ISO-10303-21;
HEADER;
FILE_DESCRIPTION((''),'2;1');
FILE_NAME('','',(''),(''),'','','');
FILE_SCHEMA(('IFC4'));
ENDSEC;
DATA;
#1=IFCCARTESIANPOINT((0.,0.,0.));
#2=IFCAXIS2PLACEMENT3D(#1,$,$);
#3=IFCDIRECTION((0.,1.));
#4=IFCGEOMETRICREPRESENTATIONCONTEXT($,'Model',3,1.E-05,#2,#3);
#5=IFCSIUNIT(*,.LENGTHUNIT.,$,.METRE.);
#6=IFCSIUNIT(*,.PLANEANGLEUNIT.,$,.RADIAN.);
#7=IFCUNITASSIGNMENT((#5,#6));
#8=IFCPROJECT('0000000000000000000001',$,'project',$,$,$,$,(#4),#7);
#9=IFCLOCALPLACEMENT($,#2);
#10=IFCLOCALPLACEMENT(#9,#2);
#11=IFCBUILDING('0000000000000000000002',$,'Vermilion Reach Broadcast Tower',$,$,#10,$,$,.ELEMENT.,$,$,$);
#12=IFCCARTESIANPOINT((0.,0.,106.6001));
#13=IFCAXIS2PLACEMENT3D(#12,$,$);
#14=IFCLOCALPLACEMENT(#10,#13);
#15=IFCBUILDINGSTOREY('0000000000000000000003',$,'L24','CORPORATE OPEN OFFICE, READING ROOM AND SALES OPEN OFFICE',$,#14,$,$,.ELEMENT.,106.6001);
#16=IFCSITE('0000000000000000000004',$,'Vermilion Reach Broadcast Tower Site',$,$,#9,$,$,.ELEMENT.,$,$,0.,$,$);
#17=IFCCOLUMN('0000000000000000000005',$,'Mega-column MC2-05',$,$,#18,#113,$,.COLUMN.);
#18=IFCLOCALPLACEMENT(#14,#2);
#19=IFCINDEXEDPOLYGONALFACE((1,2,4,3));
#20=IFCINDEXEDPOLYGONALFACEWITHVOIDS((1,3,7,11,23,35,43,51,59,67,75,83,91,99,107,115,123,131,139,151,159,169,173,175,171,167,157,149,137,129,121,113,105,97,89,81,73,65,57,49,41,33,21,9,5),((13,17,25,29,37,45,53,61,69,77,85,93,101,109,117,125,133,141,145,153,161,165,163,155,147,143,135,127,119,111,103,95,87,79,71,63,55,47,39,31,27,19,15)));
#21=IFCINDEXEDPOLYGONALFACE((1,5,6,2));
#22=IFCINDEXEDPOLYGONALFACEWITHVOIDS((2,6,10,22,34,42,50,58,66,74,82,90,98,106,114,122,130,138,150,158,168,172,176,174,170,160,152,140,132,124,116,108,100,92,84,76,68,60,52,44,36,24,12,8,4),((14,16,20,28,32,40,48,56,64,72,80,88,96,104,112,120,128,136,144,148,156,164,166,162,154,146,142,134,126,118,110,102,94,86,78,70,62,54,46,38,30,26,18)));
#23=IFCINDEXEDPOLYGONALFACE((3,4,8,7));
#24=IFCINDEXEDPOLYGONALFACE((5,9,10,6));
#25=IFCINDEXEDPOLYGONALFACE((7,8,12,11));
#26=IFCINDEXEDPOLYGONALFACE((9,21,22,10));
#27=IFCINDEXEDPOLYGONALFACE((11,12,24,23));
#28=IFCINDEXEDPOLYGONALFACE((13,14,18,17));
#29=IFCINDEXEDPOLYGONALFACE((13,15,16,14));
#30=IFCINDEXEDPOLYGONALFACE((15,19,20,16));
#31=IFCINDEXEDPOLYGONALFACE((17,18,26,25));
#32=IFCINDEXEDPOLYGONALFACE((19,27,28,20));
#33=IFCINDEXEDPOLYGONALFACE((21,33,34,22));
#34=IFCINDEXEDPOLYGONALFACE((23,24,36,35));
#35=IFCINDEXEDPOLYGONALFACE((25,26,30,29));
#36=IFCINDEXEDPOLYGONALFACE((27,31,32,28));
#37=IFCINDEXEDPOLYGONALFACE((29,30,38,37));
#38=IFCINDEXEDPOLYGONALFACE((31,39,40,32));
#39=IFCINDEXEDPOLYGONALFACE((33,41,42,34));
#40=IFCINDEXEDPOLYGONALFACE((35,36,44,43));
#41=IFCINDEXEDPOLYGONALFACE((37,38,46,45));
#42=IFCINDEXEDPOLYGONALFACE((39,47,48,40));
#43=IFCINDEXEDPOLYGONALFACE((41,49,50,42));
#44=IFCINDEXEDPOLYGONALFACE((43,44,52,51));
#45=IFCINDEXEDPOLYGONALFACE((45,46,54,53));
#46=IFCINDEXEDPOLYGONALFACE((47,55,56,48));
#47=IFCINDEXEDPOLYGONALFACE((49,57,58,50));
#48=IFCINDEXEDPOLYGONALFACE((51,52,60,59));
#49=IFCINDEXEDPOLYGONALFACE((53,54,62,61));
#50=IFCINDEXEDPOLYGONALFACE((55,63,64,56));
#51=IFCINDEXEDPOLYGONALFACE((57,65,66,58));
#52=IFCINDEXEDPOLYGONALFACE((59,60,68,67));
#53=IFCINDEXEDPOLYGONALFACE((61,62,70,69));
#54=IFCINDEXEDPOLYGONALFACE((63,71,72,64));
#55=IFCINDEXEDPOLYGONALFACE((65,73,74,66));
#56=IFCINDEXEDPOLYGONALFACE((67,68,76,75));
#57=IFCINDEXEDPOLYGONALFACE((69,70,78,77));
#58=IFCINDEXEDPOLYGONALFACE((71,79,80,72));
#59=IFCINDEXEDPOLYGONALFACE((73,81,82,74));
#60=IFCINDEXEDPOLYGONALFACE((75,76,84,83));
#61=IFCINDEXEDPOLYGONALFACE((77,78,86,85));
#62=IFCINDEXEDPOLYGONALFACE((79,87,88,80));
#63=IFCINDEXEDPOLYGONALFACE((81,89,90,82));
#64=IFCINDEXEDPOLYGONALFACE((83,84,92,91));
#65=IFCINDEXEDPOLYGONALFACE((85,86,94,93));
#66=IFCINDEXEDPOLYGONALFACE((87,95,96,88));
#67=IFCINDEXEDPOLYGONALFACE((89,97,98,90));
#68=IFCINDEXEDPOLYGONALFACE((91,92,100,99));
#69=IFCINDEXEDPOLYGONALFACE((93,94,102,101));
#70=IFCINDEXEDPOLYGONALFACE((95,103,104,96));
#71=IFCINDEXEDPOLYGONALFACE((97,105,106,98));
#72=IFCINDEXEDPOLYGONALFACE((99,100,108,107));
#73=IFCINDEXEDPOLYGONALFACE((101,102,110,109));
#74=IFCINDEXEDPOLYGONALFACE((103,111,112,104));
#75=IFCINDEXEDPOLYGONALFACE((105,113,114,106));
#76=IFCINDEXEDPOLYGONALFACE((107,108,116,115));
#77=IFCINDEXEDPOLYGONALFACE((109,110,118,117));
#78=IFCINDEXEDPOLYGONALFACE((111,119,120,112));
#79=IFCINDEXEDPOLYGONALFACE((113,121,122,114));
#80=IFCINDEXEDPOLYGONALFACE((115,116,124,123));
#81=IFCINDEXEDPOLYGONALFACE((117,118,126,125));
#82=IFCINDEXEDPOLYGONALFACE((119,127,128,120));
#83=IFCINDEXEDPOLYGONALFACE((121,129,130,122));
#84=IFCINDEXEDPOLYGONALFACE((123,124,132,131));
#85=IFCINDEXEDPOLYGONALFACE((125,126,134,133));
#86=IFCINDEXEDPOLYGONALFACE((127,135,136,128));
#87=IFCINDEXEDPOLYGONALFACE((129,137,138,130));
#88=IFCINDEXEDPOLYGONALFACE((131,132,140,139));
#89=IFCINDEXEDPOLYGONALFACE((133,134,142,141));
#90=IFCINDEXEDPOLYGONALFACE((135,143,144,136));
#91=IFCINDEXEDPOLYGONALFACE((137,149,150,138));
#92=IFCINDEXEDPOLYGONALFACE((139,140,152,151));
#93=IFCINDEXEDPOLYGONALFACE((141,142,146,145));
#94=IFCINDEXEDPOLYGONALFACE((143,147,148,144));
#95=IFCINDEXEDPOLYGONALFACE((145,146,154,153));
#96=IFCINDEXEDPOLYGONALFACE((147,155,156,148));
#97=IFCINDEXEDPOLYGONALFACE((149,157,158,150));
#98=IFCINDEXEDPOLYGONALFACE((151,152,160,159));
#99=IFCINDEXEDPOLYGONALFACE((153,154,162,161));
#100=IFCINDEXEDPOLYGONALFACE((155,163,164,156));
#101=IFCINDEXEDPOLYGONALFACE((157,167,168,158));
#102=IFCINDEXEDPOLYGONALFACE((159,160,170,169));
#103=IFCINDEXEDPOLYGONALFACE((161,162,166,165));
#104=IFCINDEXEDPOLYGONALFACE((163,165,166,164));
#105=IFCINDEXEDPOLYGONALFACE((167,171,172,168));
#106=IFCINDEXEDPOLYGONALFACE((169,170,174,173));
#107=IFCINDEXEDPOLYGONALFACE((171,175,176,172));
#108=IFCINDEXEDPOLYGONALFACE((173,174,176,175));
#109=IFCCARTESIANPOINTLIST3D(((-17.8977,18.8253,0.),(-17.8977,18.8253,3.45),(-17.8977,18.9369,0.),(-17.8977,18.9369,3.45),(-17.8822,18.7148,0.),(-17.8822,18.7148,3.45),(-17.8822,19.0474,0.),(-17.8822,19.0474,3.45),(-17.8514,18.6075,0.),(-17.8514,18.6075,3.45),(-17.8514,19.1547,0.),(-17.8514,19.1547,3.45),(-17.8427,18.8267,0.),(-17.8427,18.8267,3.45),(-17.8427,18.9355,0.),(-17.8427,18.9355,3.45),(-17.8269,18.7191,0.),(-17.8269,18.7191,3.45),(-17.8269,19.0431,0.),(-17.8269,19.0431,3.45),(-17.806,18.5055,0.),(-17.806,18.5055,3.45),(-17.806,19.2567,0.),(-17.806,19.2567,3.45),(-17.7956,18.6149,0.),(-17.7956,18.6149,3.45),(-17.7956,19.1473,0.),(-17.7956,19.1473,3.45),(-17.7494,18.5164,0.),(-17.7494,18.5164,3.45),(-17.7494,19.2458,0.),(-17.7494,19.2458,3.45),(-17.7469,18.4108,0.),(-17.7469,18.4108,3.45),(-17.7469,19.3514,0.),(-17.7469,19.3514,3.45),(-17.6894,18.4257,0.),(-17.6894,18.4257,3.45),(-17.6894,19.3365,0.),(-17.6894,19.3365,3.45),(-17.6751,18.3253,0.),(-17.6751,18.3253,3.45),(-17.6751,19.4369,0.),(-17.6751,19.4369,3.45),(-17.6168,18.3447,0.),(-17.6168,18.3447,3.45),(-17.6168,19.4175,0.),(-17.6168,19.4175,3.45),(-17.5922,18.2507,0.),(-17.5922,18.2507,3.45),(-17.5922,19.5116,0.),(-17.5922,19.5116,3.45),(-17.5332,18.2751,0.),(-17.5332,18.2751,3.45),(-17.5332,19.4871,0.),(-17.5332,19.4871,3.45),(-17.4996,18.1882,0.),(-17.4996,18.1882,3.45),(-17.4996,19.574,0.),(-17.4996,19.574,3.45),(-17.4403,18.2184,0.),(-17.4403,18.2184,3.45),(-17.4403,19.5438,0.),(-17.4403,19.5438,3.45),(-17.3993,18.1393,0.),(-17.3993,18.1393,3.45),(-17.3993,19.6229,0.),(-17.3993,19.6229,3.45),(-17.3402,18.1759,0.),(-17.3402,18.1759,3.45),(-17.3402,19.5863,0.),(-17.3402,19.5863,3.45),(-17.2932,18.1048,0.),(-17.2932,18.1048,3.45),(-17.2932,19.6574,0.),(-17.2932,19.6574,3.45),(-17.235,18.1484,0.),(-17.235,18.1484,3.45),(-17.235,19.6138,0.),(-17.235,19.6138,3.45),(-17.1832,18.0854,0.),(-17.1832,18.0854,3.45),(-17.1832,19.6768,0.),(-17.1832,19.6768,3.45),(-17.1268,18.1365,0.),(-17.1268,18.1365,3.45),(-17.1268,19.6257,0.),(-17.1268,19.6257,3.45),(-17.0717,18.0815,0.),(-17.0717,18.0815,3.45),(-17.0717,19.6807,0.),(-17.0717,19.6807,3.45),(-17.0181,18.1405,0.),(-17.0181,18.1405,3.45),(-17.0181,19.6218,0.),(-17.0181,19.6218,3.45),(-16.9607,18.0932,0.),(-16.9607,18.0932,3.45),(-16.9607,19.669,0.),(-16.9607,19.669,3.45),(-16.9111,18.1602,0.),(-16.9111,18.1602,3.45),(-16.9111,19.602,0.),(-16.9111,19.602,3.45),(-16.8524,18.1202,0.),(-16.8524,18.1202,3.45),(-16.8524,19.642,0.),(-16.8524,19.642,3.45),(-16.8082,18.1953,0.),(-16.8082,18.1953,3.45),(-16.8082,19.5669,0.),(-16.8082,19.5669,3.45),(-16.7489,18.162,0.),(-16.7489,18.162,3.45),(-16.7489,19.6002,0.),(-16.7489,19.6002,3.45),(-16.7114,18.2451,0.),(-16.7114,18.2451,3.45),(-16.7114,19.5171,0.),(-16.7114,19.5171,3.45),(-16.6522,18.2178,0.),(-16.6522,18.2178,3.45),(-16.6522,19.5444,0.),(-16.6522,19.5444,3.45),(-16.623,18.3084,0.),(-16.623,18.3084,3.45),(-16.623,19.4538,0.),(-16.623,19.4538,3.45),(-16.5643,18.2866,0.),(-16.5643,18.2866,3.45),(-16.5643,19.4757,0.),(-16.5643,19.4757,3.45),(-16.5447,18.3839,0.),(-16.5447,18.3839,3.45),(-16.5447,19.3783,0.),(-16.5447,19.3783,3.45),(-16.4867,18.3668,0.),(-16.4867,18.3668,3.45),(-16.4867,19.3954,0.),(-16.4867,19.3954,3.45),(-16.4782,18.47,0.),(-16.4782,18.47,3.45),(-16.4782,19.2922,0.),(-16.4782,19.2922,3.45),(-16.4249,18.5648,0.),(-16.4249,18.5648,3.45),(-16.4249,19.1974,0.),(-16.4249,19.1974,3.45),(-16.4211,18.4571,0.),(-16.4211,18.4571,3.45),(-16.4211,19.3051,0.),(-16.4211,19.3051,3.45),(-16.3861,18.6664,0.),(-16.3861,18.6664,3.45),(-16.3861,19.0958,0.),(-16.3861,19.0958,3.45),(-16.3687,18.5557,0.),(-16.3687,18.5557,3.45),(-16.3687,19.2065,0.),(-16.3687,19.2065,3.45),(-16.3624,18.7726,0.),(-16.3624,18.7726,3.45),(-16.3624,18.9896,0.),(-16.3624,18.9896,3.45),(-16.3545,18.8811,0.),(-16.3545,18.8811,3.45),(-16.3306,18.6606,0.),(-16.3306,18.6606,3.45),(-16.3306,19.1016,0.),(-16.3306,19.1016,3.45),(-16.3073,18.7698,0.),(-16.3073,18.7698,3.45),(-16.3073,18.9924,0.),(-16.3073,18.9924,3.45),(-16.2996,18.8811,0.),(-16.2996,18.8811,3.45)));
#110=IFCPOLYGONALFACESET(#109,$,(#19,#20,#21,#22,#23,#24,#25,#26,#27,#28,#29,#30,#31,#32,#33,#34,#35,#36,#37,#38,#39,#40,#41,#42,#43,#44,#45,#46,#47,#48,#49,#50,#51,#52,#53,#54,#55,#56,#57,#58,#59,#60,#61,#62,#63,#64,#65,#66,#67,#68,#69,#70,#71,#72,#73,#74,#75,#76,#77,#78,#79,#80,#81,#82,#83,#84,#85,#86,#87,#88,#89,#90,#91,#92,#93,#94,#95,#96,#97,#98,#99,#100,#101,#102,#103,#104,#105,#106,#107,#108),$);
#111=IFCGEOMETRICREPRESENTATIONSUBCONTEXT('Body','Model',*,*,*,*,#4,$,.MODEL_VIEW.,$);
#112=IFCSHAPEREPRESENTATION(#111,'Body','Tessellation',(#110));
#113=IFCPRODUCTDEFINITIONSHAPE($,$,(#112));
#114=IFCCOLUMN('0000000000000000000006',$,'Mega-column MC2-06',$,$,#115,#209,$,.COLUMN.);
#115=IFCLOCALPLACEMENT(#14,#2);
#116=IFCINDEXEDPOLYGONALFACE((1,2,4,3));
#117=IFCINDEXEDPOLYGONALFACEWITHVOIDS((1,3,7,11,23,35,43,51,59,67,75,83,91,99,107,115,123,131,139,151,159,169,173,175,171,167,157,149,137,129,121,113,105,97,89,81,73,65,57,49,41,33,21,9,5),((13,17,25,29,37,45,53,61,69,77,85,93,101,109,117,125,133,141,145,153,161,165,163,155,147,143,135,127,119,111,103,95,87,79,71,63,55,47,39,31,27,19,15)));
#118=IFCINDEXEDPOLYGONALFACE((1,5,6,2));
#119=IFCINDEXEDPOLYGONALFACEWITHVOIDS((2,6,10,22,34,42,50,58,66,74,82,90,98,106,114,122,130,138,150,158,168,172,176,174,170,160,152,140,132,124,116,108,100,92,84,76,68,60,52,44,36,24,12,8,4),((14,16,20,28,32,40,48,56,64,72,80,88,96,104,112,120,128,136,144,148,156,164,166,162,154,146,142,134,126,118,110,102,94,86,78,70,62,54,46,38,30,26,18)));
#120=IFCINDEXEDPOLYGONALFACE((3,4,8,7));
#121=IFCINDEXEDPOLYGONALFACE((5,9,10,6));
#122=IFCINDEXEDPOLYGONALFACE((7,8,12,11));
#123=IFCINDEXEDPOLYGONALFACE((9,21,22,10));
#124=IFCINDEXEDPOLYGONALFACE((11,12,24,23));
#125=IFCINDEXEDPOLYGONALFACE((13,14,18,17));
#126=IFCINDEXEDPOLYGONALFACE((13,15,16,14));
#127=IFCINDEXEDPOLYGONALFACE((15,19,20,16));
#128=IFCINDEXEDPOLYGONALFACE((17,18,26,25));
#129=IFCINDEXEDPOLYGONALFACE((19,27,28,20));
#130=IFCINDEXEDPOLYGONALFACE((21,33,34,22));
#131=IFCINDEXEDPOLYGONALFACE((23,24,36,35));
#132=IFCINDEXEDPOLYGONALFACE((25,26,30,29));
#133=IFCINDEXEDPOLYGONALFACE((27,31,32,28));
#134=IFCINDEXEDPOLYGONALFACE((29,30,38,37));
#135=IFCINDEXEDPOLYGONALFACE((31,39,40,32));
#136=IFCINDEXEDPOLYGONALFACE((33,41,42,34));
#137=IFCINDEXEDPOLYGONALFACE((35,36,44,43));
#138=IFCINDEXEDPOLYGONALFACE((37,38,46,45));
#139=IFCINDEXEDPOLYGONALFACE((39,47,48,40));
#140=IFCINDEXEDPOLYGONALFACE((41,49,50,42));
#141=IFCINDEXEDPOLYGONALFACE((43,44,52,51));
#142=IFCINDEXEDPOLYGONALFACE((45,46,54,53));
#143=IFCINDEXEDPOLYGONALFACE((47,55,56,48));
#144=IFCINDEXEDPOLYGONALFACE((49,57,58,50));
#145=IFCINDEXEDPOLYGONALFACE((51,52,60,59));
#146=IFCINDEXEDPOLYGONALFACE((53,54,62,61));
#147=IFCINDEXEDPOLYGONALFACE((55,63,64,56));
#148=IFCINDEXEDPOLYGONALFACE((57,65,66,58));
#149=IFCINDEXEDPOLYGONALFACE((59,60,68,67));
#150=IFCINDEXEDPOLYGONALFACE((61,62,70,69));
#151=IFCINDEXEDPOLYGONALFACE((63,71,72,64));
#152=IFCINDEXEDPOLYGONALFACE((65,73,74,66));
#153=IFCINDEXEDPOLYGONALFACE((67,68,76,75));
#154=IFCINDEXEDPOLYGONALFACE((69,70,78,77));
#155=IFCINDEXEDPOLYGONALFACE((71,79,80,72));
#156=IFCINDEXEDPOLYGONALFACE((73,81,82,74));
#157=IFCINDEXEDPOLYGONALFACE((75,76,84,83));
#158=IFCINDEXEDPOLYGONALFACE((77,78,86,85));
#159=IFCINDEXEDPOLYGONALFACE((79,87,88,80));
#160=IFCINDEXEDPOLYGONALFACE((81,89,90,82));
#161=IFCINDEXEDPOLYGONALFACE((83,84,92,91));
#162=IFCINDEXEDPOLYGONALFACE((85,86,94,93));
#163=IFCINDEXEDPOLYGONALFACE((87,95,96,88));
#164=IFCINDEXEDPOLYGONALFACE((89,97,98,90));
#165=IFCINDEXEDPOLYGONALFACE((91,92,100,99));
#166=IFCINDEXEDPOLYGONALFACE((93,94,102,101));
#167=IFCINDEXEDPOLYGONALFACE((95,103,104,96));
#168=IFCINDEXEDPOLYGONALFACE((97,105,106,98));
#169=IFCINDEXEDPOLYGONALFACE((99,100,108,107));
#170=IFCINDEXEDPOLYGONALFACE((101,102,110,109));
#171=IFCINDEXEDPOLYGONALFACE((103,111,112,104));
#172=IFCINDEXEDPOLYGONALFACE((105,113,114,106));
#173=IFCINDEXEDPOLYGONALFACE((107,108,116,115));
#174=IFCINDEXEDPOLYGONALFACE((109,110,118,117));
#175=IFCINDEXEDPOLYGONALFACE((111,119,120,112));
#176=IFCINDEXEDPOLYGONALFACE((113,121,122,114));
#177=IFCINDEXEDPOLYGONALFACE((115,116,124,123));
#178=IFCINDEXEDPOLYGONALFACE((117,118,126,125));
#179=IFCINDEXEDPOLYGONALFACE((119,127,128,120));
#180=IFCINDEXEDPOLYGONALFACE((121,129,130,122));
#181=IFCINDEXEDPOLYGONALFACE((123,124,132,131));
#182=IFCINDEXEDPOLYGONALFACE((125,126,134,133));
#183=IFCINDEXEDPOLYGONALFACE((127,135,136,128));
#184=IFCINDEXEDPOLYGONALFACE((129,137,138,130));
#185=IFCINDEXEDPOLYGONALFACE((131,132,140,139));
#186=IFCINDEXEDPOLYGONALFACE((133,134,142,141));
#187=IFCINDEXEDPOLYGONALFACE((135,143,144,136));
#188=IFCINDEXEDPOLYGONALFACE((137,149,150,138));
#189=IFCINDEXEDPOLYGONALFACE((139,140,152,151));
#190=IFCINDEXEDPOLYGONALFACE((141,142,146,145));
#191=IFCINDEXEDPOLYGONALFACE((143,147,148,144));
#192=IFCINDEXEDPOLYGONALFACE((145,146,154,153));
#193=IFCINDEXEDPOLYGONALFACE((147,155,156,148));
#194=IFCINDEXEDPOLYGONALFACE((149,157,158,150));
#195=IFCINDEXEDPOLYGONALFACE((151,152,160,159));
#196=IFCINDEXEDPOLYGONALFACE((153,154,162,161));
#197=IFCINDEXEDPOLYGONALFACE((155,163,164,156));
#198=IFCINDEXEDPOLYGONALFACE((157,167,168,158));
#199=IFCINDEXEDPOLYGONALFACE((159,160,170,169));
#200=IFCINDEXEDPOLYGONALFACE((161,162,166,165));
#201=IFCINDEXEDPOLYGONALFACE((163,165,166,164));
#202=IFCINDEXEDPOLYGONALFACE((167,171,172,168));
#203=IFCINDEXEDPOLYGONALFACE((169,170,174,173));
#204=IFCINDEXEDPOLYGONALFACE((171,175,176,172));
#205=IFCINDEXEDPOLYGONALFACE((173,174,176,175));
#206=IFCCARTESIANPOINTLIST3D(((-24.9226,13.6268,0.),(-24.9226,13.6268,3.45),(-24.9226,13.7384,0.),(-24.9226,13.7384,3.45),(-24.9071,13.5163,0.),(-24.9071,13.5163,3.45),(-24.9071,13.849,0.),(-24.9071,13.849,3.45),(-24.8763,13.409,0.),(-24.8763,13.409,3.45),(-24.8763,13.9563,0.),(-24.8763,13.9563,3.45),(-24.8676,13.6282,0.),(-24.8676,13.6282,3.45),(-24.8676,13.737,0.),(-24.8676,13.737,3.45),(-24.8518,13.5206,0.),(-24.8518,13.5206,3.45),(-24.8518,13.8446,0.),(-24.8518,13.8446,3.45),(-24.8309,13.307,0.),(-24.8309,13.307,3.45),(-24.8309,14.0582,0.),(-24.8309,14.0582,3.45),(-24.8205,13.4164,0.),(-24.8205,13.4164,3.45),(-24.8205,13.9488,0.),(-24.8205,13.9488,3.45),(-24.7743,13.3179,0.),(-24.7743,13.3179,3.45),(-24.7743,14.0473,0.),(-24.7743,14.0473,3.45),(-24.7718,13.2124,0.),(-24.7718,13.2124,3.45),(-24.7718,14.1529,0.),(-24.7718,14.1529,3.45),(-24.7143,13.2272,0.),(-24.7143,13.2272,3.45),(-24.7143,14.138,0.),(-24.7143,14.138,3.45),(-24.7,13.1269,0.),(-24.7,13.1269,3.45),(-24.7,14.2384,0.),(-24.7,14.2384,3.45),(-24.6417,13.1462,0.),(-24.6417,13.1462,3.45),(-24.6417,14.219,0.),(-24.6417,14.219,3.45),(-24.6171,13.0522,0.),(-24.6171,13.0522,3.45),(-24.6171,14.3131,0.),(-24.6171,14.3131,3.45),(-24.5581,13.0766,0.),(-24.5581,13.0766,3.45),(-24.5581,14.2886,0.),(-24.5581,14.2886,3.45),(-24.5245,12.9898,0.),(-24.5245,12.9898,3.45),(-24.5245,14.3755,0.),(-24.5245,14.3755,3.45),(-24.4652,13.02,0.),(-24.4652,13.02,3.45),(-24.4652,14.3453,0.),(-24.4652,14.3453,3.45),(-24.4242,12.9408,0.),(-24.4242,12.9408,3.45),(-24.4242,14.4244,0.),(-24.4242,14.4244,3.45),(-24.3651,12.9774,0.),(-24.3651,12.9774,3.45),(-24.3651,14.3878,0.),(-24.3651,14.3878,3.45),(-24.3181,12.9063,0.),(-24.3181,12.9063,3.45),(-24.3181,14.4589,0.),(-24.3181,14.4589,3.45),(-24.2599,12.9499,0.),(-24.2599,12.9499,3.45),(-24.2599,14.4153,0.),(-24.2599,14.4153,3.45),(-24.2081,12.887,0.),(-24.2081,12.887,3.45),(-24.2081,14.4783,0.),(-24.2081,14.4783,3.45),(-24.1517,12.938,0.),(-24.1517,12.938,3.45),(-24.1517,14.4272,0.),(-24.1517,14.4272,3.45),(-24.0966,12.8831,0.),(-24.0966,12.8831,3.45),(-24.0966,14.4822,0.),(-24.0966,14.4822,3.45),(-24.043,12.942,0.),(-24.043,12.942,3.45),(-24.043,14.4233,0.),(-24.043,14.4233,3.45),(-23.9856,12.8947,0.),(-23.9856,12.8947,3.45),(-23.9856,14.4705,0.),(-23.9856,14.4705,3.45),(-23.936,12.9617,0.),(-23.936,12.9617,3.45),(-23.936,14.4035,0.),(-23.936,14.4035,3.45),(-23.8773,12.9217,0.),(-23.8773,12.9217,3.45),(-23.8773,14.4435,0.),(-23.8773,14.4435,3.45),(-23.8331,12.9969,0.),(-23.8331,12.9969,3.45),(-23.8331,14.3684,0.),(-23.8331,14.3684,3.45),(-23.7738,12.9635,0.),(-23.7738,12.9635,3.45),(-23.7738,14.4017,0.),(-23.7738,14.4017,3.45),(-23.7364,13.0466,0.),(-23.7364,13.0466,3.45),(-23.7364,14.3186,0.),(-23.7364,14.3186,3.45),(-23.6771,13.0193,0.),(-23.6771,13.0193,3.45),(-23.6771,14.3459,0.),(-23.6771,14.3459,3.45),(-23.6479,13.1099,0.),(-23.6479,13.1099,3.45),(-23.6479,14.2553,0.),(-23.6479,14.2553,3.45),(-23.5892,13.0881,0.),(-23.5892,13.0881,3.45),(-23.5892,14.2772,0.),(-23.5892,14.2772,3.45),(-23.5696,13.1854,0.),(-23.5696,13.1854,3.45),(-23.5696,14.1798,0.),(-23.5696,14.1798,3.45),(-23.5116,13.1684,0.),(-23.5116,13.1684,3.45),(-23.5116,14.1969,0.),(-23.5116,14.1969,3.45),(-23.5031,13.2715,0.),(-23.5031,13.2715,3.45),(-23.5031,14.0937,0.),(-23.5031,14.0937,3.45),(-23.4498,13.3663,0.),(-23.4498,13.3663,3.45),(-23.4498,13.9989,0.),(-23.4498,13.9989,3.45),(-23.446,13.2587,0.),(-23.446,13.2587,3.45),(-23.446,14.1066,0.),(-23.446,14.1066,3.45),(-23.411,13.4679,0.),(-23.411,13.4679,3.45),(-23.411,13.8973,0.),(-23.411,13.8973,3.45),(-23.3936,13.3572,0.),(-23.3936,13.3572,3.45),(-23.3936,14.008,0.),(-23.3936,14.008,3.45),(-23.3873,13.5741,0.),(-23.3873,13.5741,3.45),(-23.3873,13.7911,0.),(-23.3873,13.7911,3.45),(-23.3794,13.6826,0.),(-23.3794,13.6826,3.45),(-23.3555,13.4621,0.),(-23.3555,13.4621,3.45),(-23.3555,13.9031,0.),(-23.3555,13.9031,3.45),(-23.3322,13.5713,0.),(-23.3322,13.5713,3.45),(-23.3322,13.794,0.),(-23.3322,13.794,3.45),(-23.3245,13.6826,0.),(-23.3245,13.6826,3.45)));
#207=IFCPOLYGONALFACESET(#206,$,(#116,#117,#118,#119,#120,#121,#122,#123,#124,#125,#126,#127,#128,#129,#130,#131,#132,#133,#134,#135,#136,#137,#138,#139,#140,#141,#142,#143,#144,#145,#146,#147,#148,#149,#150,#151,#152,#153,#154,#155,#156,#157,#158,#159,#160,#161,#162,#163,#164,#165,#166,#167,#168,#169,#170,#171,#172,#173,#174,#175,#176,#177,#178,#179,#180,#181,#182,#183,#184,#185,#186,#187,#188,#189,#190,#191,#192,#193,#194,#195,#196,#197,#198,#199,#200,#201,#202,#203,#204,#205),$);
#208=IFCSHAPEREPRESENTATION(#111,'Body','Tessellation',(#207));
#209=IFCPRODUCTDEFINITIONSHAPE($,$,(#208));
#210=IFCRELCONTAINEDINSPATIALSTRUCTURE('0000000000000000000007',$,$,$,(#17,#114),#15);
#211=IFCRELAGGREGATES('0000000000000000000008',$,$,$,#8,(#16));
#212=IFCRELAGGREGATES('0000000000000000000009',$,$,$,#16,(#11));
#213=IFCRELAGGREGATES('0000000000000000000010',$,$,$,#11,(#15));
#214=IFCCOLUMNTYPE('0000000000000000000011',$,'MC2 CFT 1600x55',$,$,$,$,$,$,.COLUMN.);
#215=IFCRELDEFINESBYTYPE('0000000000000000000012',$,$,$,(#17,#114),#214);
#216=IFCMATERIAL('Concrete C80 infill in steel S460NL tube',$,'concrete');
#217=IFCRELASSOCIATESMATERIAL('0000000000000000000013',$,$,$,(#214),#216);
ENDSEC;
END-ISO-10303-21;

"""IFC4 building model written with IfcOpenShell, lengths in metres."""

from ifc_helpers import new_model, si_unit, direction, frame, origin, origin_2d, place, context, subcontext, project, spatial, hollow_circle, extrude, material, material_profile, profile_set, type_object, element, save


model = new_model("IFC4")

# Units and contexts
model_context = context("Model", 3, precision=1e-05, world=origin(), true_north=direction((0.0, 1.0)))
body_context = subcontext(model_context, "Body", "Model", "MODEL_VIEW")
ifc_project = project(units=[si_unit("LENGTHUNIT", "METRE"), si_unit("PLANEANGLEUNIT", "RADIAN")], contexts=[model_context])

# Site, building, storey
site_placement = place(None, origin())
site = spatial("IfcSite", under=ifc_project, at=site_placement, Name="Vermilion Reach Broadcast Tower Site", CompositionType="ELEMENT", RefElevation=0.0)
building_placement = place(site_placement, origin())
building = spatial("IfcBuilding", under=site, at=building_placement, Name="Vermilion Reach Broadcast Tower", CompositionType="ELEMENT")
storey_placement = place(building_placement, frame((0.0, 0.0, 106.6001)))
storey = spatial("IfcBuildingStorey", under=building, at=storey_placement, Name="L24", Description="CORPORATE OPEN OFFICE, READING ROOM AND SALES OPEN OFFICE", CompositionType="ELEMENT", Elevation=106.6001)

# Columns
ifc_material_1 = material(Name="Concrete C80 infill in steel S460NL tube", Category="concrete")
ifc_material_profile_1 = material_profile(ifc_material_1, hollow_circle(Radius=0.8, WallThickness=0.0549, at=origin_2d()), Name="Concrete C80 infill in steel S460NL tube CFT 1600x55")
ifc_profile_set_1 = profile_set([ifc_material_profile_1], Name="Concrete C80 infill in steel S460NL tube")
column_type = type_object("IfcColumnType", Name="MC2 CFT 1600x55", PredefinedType="COLUMN", material=ifc_profile_set_1)
for number, where, z_axis, x_axis, name in (
    (1, (-17.0996, 18.8811, 0.0), (0.0, 0.0, 1.0), (1.0, 0.0, 0.0), "Mega-column MC2-05"),
    (2, (-24.1245, 13.6826, 0.0), (0.0, 0.0, 1.0), (1.0, 0.0, 0.0), "Mega-column MC2-06"),
):
    element("IfcColumn", number, at=place(storey_placement, frame(where, z_axis=z_axis, x_axis=x_axis)), inside=storey, type_object=column_type, Name=name, PredefinedType="COLUMN", context=body_context, shape_type="SweptSolid", body=[
        extrude(hollow_circle(Radius=0.8, WallThickness=0.0549, at=origin_2d()), origin(), (0.0, 0.0, 1.0), 3.45),
    ])

save(model, "model.ifc")
